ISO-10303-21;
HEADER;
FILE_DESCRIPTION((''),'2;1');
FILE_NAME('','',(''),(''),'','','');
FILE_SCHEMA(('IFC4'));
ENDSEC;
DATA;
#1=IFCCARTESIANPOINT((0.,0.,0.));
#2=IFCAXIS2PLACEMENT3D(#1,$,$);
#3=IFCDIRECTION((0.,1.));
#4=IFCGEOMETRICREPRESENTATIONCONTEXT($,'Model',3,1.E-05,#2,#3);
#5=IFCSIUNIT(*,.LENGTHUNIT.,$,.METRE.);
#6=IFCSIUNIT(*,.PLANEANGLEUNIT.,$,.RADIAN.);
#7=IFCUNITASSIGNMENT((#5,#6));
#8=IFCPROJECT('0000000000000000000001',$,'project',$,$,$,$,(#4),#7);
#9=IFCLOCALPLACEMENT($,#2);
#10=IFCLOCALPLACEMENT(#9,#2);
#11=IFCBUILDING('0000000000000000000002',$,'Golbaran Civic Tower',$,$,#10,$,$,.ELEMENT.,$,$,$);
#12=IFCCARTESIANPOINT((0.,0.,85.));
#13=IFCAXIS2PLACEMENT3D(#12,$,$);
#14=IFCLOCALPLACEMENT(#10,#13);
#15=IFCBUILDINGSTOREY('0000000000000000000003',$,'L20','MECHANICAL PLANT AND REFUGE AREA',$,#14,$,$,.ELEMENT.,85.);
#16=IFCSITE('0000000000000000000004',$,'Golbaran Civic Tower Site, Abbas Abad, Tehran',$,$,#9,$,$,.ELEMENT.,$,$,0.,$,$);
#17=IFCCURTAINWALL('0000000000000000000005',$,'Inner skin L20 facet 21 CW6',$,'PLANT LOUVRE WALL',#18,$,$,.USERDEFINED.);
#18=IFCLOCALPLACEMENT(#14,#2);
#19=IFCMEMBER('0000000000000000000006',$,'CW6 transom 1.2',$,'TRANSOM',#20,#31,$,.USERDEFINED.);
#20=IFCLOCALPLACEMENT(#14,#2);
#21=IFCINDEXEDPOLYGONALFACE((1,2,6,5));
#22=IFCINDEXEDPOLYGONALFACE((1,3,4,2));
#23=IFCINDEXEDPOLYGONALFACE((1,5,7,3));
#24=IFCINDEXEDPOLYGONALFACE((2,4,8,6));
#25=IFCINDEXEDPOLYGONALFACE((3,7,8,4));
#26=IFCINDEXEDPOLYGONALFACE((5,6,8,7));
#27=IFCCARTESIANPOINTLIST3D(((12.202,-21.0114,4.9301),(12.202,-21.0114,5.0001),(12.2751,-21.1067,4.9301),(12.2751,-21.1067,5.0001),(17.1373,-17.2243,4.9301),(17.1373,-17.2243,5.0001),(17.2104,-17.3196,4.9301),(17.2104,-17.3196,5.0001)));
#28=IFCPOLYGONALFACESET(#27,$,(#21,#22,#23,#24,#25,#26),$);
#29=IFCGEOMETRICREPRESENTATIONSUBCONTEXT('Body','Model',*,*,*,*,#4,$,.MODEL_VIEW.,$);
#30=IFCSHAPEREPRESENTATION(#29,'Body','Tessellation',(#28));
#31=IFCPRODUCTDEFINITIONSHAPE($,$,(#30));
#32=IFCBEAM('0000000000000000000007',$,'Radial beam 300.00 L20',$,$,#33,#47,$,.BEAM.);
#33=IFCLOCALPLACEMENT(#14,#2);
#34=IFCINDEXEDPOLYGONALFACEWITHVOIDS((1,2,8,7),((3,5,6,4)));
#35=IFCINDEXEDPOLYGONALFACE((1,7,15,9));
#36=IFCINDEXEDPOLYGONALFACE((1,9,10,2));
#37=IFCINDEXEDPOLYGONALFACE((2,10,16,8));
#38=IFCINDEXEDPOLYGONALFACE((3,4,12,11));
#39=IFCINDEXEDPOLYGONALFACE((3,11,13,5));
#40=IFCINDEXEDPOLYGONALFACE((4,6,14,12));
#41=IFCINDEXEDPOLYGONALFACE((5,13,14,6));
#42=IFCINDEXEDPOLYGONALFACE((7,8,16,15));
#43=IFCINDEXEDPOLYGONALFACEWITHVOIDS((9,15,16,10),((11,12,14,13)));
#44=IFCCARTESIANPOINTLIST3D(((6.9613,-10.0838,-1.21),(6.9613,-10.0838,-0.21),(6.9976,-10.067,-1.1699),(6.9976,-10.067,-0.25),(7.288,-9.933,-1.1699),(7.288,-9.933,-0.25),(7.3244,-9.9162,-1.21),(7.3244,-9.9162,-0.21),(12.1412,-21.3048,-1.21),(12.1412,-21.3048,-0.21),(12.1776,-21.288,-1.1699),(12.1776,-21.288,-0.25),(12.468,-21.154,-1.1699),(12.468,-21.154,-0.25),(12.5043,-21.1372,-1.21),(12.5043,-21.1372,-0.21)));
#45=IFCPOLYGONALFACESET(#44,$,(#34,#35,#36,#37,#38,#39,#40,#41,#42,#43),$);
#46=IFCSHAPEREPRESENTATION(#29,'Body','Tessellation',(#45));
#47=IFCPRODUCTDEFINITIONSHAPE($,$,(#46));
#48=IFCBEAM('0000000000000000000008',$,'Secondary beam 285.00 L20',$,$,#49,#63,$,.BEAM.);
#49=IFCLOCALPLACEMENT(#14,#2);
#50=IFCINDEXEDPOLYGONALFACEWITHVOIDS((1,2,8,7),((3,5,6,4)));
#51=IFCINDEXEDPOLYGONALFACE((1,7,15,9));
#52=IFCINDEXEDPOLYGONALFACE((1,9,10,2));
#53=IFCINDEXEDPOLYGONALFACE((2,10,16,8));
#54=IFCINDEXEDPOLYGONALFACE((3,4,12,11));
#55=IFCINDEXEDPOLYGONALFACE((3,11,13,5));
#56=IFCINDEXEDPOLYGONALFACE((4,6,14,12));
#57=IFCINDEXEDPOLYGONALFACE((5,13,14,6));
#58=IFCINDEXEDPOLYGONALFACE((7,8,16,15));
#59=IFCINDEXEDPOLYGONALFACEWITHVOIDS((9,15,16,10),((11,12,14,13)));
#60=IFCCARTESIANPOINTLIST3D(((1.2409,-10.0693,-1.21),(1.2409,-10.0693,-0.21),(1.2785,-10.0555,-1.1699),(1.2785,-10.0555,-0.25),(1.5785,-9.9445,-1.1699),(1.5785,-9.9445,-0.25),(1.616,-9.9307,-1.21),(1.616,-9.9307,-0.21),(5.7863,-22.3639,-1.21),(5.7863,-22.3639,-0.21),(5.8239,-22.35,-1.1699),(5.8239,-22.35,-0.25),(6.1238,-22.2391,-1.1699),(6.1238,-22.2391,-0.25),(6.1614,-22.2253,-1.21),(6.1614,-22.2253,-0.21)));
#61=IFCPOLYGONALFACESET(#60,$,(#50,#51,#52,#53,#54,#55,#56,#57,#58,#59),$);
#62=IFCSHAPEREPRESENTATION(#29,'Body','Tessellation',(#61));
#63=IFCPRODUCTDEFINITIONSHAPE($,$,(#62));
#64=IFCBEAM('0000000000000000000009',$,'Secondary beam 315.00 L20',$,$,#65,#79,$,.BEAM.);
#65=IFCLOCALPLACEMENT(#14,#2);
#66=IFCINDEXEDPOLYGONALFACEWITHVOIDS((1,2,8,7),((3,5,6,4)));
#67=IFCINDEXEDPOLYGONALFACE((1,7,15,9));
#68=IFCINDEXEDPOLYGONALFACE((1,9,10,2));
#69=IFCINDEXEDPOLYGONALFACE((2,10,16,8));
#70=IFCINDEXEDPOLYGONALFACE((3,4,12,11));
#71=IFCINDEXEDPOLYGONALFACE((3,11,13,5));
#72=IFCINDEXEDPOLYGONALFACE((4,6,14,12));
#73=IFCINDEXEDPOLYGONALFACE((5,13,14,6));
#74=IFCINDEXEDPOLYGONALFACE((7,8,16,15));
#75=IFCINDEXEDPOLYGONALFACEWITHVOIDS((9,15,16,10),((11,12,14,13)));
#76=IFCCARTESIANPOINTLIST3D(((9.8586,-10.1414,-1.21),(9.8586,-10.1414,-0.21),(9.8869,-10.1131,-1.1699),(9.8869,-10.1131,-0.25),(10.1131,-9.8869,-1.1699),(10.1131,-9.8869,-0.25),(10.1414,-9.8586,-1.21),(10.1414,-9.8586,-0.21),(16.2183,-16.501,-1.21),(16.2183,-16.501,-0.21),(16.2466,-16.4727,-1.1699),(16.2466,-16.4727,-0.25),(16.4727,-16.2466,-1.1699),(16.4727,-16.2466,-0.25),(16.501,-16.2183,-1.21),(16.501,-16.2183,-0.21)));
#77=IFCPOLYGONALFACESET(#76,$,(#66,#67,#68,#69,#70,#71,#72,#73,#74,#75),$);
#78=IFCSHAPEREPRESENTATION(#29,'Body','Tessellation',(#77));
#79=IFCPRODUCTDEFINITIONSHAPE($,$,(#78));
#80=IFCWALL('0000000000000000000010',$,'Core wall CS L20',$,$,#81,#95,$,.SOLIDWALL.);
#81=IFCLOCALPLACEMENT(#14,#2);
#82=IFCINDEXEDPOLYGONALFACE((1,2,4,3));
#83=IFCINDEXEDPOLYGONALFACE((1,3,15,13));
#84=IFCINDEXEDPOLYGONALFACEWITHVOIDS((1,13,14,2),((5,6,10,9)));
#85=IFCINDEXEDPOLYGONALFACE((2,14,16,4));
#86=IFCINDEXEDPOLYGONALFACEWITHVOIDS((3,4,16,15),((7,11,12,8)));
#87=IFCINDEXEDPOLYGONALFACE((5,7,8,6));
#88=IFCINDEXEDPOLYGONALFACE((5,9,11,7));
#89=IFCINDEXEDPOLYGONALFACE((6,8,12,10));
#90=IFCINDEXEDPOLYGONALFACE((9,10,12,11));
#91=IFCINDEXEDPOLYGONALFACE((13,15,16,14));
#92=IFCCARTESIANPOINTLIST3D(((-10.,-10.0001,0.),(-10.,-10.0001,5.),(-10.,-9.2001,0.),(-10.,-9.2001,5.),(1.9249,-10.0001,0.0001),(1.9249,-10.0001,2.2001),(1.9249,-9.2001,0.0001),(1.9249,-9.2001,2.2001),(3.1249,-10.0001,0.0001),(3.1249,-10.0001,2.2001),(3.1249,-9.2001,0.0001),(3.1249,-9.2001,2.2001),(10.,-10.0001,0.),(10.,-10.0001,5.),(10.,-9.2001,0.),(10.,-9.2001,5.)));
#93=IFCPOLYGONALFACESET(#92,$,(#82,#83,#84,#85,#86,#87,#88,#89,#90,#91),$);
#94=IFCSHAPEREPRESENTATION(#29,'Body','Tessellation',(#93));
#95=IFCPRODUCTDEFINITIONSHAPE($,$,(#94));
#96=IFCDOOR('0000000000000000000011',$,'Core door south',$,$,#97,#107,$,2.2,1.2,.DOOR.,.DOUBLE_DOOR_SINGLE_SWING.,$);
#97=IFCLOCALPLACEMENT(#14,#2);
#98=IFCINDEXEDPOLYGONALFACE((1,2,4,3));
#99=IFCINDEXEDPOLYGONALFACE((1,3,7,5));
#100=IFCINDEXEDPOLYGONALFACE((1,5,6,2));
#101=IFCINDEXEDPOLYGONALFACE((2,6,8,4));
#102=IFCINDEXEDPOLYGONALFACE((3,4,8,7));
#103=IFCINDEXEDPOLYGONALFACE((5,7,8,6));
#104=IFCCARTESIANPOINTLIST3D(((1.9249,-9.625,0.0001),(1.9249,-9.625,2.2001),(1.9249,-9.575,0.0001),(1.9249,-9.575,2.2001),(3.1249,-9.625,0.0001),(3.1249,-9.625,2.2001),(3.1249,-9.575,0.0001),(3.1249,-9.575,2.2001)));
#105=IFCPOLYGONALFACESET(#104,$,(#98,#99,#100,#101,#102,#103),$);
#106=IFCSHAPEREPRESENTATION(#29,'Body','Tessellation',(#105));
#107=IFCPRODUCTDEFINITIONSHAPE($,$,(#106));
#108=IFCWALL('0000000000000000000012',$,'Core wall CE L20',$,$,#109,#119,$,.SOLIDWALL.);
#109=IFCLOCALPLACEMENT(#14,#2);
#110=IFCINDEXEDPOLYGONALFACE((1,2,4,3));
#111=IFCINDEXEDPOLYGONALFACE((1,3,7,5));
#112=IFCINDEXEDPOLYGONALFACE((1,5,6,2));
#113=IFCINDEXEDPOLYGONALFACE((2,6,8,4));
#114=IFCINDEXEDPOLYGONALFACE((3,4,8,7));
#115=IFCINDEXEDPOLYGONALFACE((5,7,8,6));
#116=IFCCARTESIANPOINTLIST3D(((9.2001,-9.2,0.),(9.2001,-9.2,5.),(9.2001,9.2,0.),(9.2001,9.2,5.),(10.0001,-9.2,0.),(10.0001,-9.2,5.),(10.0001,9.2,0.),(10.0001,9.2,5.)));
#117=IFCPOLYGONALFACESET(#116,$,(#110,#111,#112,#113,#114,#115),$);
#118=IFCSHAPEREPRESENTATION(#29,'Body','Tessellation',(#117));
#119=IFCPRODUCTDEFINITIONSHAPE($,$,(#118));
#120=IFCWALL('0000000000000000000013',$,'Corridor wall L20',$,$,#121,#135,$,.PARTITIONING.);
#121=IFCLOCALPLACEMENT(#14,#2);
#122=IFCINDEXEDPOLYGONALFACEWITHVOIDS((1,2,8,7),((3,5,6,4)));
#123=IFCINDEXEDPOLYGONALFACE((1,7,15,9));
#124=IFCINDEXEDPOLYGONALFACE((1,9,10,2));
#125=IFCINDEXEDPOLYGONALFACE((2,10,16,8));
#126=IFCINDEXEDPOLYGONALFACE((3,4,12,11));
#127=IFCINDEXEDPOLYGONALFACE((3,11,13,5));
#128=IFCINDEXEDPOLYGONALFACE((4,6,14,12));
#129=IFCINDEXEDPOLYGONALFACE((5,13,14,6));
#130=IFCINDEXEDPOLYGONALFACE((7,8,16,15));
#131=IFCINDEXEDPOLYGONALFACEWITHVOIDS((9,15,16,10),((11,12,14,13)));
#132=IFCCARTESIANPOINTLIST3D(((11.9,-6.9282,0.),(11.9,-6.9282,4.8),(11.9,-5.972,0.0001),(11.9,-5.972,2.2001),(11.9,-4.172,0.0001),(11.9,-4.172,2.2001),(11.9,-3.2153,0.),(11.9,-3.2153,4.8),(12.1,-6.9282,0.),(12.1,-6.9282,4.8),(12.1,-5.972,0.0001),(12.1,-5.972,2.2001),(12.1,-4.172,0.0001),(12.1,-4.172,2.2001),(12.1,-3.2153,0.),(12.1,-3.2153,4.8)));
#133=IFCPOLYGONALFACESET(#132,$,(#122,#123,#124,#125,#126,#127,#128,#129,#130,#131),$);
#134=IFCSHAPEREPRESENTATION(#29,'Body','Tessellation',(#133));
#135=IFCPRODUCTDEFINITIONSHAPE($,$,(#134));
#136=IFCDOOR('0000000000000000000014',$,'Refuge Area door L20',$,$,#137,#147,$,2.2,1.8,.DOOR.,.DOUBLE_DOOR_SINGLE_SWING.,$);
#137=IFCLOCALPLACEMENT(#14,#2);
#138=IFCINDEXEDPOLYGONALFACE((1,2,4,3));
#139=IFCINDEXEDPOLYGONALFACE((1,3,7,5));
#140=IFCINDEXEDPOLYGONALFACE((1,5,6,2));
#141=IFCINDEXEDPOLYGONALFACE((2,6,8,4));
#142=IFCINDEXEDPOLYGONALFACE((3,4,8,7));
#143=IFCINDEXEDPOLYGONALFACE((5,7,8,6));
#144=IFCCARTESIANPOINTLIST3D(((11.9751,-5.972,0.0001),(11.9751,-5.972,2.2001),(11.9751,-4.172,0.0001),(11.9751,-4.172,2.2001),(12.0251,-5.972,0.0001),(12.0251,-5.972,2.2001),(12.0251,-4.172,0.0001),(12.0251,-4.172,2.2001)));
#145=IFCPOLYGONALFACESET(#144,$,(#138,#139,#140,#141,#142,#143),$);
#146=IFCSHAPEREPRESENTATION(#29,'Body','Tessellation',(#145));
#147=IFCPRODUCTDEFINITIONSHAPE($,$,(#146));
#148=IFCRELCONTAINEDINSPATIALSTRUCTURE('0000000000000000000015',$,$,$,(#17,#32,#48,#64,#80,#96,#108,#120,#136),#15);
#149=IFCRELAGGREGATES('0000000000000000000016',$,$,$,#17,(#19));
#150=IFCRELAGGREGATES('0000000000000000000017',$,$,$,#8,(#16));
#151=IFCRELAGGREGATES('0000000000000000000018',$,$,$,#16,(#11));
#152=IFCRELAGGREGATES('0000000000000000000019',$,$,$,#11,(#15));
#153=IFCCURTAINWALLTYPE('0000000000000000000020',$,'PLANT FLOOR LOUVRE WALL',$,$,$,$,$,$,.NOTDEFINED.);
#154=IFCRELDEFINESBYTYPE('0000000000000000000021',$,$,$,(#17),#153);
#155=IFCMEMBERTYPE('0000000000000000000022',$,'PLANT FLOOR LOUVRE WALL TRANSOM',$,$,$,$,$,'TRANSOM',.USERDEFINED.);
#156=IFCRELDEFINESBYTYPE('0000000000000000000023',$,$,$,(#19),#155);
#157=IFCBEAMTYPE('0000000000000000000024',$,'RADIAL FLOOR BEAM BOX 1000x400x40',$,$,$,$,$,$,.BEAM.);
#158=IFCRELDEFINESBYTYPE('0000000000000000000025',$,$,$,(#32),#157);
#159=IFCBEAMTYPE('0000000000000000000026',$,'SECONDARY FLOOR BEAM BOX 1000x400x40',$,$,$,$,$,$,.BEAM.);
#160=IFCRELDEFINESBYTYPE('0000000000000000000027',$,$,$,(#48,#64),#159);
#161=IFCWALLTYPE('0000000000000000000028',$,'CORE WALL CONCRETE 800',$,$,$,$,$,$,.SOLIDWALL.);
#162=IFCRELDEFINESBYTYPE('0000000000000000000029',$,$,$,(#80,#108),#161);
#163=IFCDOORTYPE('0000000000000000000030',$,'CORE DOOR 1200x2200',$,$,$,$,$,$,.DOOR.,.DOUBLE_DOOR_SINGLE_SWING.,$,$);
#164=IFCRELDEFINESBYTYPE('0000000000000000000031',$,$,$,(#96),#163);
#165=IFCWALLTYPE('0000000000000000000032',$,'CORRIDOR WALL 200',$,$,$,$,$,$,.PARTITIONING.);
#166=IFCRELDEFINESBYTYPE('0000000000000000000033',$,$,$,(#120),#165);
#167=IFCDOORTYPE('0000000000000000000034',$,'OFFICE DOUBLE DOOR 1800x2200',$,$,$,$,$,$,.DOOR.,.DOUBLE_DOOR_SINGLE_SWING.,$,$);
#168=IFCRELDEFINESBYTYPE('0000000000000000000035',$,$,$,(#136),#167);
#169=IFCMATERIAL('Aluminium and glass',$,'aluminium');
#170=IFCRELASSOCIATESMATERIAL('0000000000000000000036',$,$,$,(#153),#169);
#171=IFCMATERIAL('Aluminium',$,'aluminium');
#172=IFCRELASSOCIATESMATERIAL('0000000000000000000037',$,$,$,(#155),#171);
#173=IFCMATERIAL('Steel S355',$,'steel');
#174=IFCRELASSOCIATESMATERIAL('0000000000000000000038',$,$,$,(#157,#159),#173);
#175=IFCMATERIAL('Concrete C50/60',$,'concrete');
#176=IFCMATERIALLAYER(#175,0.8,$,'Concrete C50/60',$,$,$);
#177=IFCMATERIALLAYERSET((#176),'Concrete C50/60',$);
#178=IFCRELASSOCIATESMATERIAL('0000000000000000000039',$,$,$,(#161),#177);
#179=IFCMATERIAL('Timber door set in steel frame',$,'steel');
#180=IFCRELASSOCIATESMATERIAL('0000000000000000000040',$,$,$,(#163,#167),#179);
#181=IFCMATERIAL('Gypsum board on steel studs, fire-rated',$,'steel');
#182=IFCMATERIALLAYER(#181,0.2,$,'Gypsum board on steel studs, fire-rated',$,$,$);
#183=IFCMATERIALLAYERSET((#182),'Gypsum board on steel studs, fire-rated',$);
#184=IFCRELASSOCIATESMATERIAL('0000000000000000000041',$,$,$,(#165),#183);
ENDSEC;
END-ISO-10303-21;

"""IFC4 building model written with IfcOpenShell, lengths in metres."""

from ifc_helpers import new_model, si_unit, direction, frame, frame_2d, origin, origin_2d, place, context, subcontext, project, spatial, rectangle, hollow_rectangle, extrude, material, layer, layer_set, material_profile, profile_set, type_object, element, fill, aggregate, save


model = new_model("IFC4")

# Units and contexts
model_context = context("Model", 3, precision=1e-05, world=origin(), true_north=direction((0.0, 1.0)))
body_context = subcontext(model_context, "Body", "Model", "MODEL_VIEW")
ifc_project = project(units=[si_unit("LENGTHUNIT", "METRE"), si_unit("PLANEANGLEUNIT", "RADIAN")], contexts=[model_context])

# Site, building, storey
site_placement = place(None, origin())
site = spatial("IfcSite", under=ifc_project, at=site_placement, Name="Golbaran Civic Tower Site, Abbas Abad, Tehran", CompositionType="ELEMENT", RefElevation=0.0)
building_placement = place(site_placement, origin())
building = spatial("IfcBuilding", under=site, at=building_placement, Name="Golbaran Civic Tower", CompositionType="ELEMENT")
storey_placement = place(building_placement, frame((0.0, 0.0, 85.0)))
storey = spatial("IfcBuildingStorey", under=building, at=storey_placement, Name="L20", Description="MECHANICAL PLANT AND REFUGE AREA", CompositionType="ELEMENT", Elevation=85.0)

# Shared definitions
ifc_material_1 = material(Name="Steel S355", Category="steel")

# Shared definitions
ifc_material_2 = material(Name="Aluminium and glass", Category="aluminium")
curtain_wall_type = type_object("IfcCurtainWallType", Name="PLANT FLOOR LOUVRE WALL", PredefinedType="NOTDEFINED", material=ifc_material_2)
ifc_material_3 = material(Name="Aluminium", Category="aluminium")

# Curtain wall, member
curtain_wall_1_placement = place(storey_placement, origin())
curtain_wall_1 = element("IfcCurtainWall", 1, at=curtain_wall_1_placement, inside=storey, type_object=curtain_wall_type, Name="Inner skin L20 facet 21 CW6", ObjectType="PLANT LOUVRE WALL", PredefinedType="USERDEFINED")
ifc_material_profile_1 = material_profile(ifc_material_3, rectangle(XDim=0.1201, YDim=0.0701, at=origin_2d()), Name="PLANT FLOOR LOUVRE WALL TRANSOM")
ifc_profile_set_1 = profile_set([ifc_material_profile_1], Name="Aluminium")
member_type_1 = type_object("IfcMemberType", Name="PLANT FLOOR LOUVRE WALL TRANSOM", ElementType="TRANSOM", PredefinedType="USERDEFINED", material=ifc_profile_set_1)
member_1_placement = place(storey_placement, frame((12.2385, -21.0591, 4.9651), z_axis=(0.793344, 0.608773, 0.0), x_axis=(-0.608773, 0.793344, 0.0)))
member_1 = element("IfcMember", 2, at=member_1_placement, type_object=member_type_1, Name="CW6 transom 1.2", ObjectType="TRANSOM", PredefinedType="USERDEFINED", context=body_context, shape_type="SweptSolid", body=[
    extrude(rectangle(XDim=0.1201, YDim=0.0701, at=origin_2d()), origin(), (0.0, 0.0, 1.0), 6.2209),
])
aggregate(curtain_wall_1, [member_1])

# Beams
ifc_material_profile_2 = material_profile(ifc_material_1, hollow_rectangle(XDim=0.3999, YDim=1.0, WallThickness=0.04, at=origin_2d()), Name="BOX 1000x400x40")
ifc_profile_set_2 = profile_set([ifc_material_profile_2], Name="Steel S355")
beam_type_1 = type_object("IfcBeamType", Name="RADIAL FLOOR BEAM BOX 1000x400x40", PredefinedType="BEAM", material=ifc_profile_set_2)
beam_1_placement = place(storey_placement, frame((7.1428, -10.0, -0.71), z_axis=(0.419127, -0.907928, 0.0), x_axis=(0.907928, 0.419127, 0.0)))
element("IfcBeam", 3, at=beam_1_placement, inside=storey, type_object=beam_type_1, Name="Radial beam 300.00 L20", PredefinedType="BEAM", context=body_context, shape_type="SweptSolid", body=[
    extrude(hollow_rectangle(XDim=0.3999, YDim=1.0, WallThickness=0.04, at=origin_2d()), origin(), (0.0, 0.0, 1.0), 12.3589),
])
ifc_material_profile_3 = material_profile(ifc_material_1, hollow_rectangle(XDim=0.3999, YDim=1.0, WallThickness=0.04, at=origin_2d()), Name="BOX 1000x400x40")
ifc_profile_set_3 = profile_set([ifc_material_profile_3], Name="Steel S355")
beam_type_2 = type_object("IfcBeamType", Name="SECONDARY FLOOR BEAM BOX 1000x400x40", PredefinedType="BEAM", material=ifc_profile_set_3)
beam_2_placement = place(storey_placement, frame((1.4285, -10.0, -0.71), z_axis=(0.346766, -0.937952, 0.0), x_axis=(0.937952, 0.346766, 0.0)))
element("IfcBeam", 4, at=beam_2_placement, inside=storey, type_object=beam_type_2, Name="Secondary beam 285.00 L20", PredefinedType="BEAM", context=body_context, shape_type="SweptSolid", body=[
    extrude(hollow_rectangle(XDim=0.3999, YDim=1.0, WallThickness=0.04, at=origin_2d()), origin(), (0.0, 0.0, 1.0), 13.1079),
])
beam_3_placement = place(storey_placement, frame((10.0, -10.0, -0.71), z_axis=(0.707107, -0.707107, 0.0), x_axis=(0.707107, 0.707107, 0.0)))
element("IfcBeam", 5, at=beam_3_placement, inside=storey, type_object=beam_type_2, Name="Secondary beam 315.00 L20", PredefinedType="BEAM", context=body_context, shape_type="SweptSolid", body=[
    extrude(hollow_rectangle(XDim=0.3999, YDim=1.0, WallThickness=0.04, at=origin_2d()), origin(), (0.0, 0.0, 1.0), 8.9939),
])

# Wall, opening, door
ifc_material_4 = material(Name="Concrete C50/60", Category="concrete")
ifc_layer_1 = layer(ifc_material_4, 0.8, Name="Concrete C50/60")
ifc_layer_set_1 = layer_set([ifc_layer_1], Name="Concrete C50/60")
wall_type_1 = type_object("IfcWallType", Name="CORE WALL CONCRETE 800", PredefinedType="SOLIDWALL", material=ifc_layer_set_1)
wall_1_placement = place(storey_placement, frame((10.0, -9.6001, 0.0), z_axis=(0.0, 0.0, 1.0), x_axis=(-1.0, 0.0, 0.0)))
wall_1 = element("IfcWall", 6, at=wall_1_placement, inside=storey, type_object=wall_type_1, Name="Core wall CS L20", PredefinedType="SOLIDWALL", context=body_context, shape_type="SweptSolid", body=[
    extrude(rectangle(XDim=20.0, YDim=0.8, at=frame_2d((10.0, 0.0))), origin(), (0.0, 0.0, 1.0), 5.0),
])
opening_1_placement = place(wall_1_placement, frame((6.875, 0.0, 0.0)))
opening_1 = element("IfcOpeningElement", 7, at=opening_1_placement, cuts=wall_1, PredefinedType="OPENING", context=body_context, shape_type="SweptSolid", body=[
    extrude(rectangle(XDim=1.2, YDim=2.2, at=frame_2d((0.6001, 1.1001))), frame((0.0, 0.4099, 0.0), z_axis=(0.0, -1.0, 0.0), x_axis=(1.0, 0.0, 0.0)), (0.0, 0.0, 1.0), 0.8201),
])
ifc_material_5 = material(Name="Timber door set in steel frame", Category="steel")
door_type_1 = type_object("IfcDoorType", Name="CORE DOOR 1200x2200", OperationType="DOUBLE_DOOR_SINGLE_SWING", PredefinedType="DOOR", material=ifc_material_5)
door_1_placement = place(opening_1_placement, origin())
door_1 = element("IfcDoor", 8, at=door_1_placement, inside=storey, type_object=door_type_1, Name="Core door south", OperationType="DOUBLE_DOOR_SINGLE_SWING", OverallHeight=2.2, OverallWidth=1.2, PredefinedType="DOOR", context=body_context, shape_type="SweptSolid", body=[
    extrude(rectangle(XDim=1.2, YDim=2.2, at=frame_2d((0.6001, 1.1001))), frame((0.0, 0.0249, 0.0), z_axis=(0.0, -1.0, 0.0), x_axis=(1.0, 0.0, 0.0)), (0.0, 0.0, 1.0), 0.05),
])
fill(opening_1, door_1)

# Wall
wall_2_placement = place(storey_placement, frame((9.6001, -9.2, 0.0), z_axis=(0.0, 0.0, 1.0), x_axis=(0.0, 1.0, 0.0)))
element("IfcWall", 9, at=wall_2_placement, inside=storey, type_object=wall_type_1, Name="Core wall CE L20", PredefinedType="SOLIDWALL", context=body_context, shape_type="SweptSolid", body=[
    extrude(rectangle(XDim=18.3999, YDim=0.8, at=frame_2d((9.2, 0.0))), origin(), (0.0, 0.0, 1.0), 5.0),
])

# Wall, opening, door
ifc_material_6 = material(Name="Gypsum board on steel studs, fire-rated", Category="steel")
ifc_layer_2 = layer(ifc_material_6, 0.2, Name="Gypsum board on steel studs, fire-rated")
ifc_layer_set_2 = layer_set([ifc_layer_2], Name="Gypsum board on steel studs, fire-rated")
wall_type_2 = type_object("IfcWallType", Name="CORRIDOR WALL 200", PredefinedType="PARTITIONING", material=ifc_layer_set_2)
wall_3_placement = place(storey_placement, frame((12.0, -6.9282, 0.0), z_axis=(0.0, 0.0, 1.0), x_axis=(0.0, 1.0, 0.0)))
wall_3 = element("IfcWall", 10, at=wall_3_placement, inside=storey, type_object=wall_type_2, Name="Corridor wall L20", PredefinedType="PARTITIONING", context=body_context, shape_type="SweptSolid", body=[
    extrude(rectangle(XDim=3.7129, YDim=0.2, at=frame_2d((1.8564, 0.0))), origin(), (0.0, 0.0, 1.0), 4.8),
])
opening_2_placement = place(wall_3_placement, frame((0.9563, 0.0, 0.0)))
opening_2 = element("IfcOpeningElement", 11, at=opening_2_placement, cuts=wall_3, PredefinedType="OPENING", context=body_context, shape_type="SweptSolid", body=[
    extrude(rectangle(XDim=1.8, YDim=2.2, at=frame_2d((0.8999, 1.1001))), frame((0.0, 0.1099, 0.0), z_axis=(0.0, -1.0, 0.0), x_axis=(1.0, 0.0, 0.0)), (0.0, 0.0, 1.0), 0.22),
])
door_type_2 = type_object("IfcDoorType", Name="OFFICE DOUBLE DOOR 1800x2200", OperationType="DOUBLE_DOOR_SINGLE_SWING", PredefinedType="DOOR", material=ifc_material_5)
door_2_placement = place(opening_2_placement, origin())
door_2 = element("IfcDoor", 12, at=door_2_placement, inside=storey, type_object=door_type_2, Name="Refuge Area door L20", OperationType="DOUBLE_DOOR_SINGLE_SWING", OverallHeight=2.2, OverallWidth=1.8, PredefinedType="DOOR", context=body_context, shape_type="SweptSolid", body=[
    extrude(rectangle(XDim=1.8, YDim=2.2, at=frame_2d((0.8999, 1.1001))), frame((0.0, 0.0249, 0.0), z_axis=(0.0, -1.0, 0.0), x_axis=(1.0, 0.0, 0.0)), (0.0, 0.0, 1.0), 0.05),
])
fill(opening_2, door_2)

save(model, "model.ifc")
